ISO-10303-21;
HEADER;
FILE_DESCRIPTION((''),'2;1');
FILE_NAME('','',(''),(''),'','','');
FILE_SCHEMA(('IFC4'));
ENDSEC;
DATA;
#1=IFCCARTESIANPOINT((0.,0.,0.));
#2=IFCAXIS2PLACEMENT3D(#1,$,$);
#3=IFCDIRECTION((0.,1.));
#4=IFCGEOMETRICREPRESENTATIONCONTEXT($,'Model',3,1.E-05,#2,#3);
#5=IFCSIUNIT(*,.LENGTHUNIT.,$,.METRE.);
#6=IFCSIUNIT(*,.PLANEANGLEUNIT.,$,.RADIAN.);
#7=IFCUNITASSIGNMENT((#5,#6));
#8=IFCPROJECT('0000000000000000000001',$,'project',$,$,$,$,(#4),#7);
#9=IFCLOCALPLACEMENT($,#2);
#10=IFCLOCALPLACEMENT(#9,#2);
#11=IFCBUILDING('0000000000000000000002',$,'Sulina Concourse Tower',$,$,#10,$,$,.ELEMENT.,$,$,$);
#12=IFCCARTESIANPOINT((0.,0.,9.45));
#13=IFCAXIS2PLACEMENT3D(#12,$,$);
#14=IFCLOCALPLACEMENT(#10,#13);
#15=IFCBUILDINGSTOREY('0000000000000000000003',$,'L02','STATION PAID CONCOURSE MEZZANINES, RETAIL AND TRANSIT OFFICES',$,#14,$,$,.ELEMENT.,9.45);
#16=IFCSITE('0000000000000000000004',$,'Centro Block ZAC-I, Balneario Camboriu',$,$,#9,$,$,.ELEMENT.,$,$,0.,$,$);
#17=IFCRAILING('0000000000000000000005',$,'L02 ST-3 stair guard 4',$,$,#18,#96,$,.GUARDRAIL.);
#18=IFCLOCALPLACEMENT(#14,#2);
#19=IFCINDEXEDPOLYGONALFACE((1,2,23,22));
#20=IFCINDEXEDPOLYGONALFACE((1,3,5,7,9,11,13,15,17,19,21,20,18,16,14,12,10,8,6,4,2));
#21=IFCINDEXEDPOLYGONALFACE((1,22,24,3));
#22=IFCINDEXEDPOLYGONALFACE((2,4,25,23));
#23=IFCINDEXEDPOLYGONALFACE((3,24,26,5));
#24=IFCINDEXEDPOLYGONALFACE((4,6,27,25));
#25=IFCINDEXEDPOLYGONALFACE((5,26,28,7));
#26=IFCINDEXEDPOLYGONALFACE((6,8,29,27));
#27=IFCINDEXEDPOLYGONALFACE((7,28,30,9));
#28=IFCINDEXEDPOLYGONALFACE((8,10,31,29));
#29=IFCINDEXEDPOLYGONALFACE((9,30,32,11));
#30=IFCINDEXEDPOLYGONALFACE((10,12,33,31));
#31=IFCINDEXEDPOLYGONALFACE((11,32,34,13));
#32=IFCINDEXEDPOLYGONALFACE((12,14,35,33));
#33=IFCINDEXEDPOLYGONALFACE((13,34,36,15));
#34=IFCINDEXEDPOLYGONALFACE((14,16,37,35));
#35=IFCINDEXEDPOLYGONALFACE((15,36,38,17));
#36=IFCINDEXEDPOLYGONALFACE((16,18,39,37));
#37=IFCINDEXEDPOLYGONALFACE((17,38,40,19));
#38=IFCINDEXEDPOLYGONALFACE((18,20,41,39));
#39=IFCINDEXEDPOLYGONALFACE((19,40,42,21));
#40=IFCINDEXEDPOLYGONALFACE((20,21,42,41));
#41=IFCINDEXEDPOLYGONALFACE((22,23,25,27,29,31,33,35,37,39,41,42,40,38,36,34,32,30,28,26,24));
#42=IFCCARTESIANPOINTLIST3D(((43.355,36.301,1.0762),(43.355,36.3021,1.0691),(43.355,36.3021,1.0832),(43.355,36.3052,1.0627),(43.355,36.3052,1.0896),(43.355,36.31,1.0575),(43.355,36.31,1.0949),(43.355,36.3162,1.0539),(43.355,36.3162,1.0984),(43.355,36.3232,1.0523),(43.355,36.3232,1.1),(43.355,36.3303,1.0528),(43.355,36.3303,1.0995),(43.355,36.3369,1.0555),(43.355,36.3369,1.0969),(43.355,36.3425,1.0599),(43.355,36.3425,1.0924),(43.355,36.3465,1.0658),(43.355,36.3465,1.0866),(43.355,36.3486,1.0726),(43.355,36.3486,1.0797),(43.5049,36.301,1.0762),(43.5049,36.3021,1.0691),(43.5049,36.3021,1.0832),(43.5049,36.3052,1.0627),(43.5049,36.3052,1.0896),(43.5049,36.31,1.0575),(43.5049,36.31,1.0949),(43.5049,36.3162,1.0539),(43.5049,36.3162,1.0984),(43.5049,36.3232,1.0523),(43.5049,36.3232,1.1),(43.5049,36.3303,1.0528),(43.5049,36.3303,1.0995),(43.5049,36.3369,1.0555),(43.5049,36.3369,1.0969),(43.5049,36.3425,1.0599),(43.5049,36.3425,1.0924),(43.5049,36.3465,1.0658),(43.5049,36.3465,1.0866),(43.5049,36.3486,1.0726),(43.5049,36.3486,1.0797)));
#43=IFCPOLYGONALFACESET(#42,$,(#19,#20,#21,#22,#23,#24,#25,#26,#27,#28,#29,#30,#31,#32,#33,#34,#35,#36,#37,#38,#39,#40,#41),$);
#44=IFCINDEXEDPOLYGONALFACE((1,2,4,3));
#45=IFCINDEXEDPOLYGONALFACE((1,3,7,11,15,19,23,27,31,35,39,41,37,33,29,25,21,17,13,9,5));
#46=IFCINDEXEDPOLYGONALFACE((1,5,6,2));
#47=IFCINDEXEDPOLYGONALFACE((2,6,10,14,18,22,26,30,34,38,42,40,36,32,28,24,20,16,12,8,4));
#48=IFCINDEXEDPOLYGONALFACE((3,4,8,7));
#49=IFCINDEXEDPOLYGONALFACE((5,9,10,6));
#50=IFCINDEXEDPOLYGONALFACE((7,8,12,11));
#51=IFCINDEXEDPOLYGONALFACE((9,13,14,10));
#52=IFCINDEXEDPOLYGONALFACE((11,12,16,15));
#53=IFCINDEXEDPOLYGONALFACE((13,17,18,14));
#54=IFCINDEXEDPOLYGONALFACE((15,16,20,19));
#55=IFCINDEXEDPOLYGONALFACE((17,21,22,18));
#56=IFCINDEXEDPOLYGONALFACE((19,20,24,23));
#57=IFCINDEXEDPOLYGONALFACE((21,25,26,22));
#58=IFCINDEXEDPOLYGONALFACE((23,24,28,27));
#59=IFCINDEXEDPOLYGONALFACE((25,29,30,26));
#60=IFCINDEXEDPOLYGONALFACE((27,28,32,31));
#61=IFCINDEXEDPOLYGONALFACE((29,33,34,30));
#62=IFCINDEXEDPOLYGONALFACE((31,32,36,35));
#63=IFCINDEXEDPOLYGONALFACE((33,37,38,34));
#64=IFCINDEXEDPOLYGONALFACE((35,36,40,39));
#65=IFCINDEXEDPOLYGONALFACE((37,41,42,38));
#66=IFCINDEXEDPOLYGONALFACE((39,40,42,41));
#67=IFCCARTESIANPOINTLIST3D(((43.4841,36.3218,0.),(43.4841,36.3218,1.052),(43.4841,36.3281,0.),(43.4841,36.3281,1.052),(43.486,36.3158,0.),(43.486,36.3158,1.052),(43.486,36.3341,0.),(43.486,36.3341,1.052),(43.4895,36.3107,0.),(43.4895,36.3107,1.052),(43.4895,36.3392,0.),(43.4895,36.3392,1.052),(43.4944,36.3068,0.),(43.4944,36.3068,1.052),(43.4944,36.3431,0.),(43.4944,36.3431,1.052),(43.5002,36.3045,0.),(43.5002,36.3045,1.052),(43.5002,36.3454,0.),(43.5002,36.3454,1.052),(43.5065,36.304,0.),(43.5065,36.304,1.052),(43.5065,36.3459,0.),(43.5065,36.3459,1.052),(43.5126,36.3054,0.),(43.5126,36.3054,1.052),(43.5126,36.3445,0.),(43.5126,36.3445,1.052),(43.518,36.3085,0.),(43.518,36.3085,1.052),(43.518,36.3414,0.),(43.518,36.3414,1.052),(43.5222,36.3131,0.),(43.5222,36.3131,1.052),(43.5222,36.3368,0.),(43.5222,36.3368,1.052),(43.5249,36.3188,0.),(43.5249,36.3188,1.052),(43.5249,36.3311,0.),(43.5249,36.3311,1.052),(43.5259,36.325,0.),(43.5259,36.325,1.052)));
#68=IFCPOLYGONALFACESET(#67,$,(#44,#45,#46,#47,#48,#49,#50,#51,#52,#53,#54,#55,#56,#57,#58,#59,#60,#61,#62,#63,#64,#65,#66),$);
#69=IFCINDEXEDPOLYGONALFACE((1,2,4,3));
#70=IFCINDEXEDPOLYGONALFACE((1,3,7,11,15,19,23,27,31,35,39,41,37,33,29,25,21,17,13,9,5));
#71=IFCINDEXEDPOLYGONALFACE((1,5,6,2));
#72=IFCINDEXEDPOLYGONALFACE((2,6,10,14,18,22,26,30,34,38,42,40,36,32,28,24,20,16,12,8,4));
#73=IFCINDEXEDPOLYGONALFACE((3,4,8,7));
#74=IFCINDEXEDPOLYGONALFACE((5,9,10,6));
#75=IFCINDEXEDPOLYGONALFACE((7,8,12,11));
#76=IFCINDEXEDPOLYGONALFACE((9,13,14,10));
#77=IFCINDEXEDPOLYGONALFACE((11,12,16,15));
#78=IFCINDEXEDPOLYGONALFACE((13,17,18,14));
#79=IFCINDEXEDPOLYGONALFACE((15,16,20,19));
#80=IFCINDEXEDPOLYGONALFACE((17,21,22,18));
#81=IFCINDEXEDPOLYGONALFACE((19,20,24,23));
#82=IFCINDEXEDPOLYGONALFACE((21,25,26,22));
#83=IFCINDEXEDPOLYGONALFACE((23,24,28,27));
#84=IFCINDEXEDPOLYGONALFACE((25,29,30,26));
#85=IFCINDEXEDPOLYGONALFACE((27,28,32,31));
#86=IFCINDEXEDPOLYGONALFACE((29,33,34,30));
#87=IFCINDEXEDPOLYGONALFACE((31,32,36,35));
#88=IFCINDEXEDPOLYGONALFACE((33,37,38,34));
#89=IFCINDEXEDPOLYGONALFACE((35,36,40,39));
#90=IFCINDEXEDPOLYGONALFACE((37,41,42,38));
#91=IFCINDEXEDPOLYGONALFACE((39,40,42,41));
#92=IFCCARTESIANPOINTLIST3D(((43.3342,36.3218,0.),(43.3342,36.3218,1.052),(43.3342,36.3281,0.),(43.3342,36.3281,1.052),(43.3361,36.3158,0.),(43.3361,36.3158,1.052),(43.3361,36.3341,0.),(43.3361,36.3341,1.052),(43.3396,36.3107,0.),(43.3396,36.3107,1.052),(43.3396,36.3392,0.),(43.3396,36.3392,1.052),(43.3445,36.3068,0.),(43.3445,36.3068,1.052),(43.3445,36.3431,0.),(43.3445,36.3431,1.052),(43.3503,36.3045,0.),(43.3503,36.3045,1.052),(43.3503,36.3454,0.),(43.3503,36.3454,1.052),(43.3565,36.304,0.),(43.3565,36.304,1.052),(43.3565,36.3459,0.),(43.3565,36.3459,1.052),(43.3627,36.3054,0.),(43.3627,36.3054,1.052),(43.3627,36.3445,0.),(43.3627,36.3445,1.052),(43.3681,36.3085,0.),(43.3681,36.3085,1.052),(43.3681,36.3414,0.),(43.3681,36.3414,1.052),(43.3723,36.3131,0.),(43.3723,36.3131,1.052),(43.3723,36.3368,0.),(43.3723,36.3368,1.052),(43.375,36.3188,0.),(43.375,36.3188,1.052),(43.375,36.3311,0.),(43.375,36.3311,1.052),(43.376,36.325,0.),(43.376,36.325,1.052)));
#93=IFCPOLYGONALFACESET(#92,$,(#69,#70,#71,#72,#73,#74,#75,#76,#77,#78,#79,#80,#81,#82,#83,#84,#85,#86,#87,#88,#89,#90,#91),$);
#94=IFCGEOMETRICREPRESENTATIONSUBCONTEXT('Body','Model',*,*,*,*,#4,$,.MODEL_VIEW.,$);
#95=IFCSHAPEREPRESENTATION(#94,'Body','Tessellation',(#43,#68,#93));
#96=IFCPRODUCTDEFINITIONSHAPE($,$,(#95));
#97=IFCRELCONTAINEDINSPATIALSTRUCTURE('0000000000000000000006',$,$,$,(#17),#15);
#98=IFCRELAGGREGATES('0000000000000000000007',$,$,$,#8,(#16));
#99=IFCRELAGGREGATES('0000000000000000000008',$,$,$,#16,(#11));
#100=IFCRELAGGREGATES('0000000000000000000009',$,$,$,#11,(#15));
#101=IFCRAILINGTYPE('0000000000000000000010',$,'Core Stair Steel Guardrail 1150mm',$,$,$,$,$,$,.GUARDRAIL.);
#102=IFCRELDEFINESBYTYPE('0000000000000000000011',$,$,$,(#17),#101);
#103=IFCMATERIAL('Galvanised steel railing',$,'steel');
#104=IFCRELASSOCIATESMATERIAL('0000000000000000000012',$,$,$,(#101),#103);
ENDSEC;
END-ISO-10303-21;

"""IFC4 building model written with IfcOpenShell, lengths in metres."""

from ifc_helpers import new_model, si_unit, direction, frame, origin, origin_2d, place, context, subcontext, project, spatial, circle, extrude, material, type_object, element, save


model = new_model("IFC4")

# Units and contexts
model_context = context("Model", 3, precision=1e-05, world=origin(), true_north=direction((0.0, 1.0)))
body_context = subcontext(model_context, "Body", "Model", "MODEL_VIEW")
ifc_project = project(units=[si_unit("LENGTHUNIT", "METRE"), si_unit("PLANEANGLEUNIT", "RADIAN")], contexts=[model_context])

# Site, building, storey
site_placement = place(None, origin())
site = spatial("IfcSite", under=ifc_project, at=site_placement, Name="Centro Block ZAC-I, Balneario Camboriu", CompositionType="ELEMENT", RefElevation=0.0)
building_placement = place(site_placement, origin())
building = spatial("IfcBuilding", under=site, at=building_placement, Name="Sulina Concourse Tower", CompositionType="ELEMENT")
storey_placement = place(building_placement, frame((0.0, 0.0, 9.45)))
storey = spatial("IfcBuildingStorey", under=building, at=storey_placement, Name="L02", Description="STATION PAID CONCOURSE MEZZANINES, RETAIL AND TRANSIT OFFICES", CompositionType="ELEMENT", Elevation=9.45)

# Railing
ifc_material_1 = material(Name="Galvanised steel railing", Category="steel")
railing_type_1 = type_object("IfcRailingType", Name="Core Stair Steel Guardrail 1150mm", PredefinedType="GUARDRAIL", material=ifc_material_1)
railing_1_placement = place(storey_placement, frame((43.5049, 36.325, 0.0)))
element("IfcRailing", 1, at=railing_1_placement, inside=storey, type_object=railing_type_1, Name="L02 ST-3 stair guard 4", PredefinedType="GUARDRAIL", context=body_context, shape_type="SweptSolid", body=[
    extrude(circle(Radius=0.0239, at=origin_2d()), frame((0.0, 0.0, 1.0762), z_axis=(-1.0, 0.0, 0.0), x_axis=(0.0, -1.0, 0.0)), (0.0, 0.0, 1.0), 0.1499),
    extrude(circle(Radius=0.021, at=origin_2d()), origin(), (0.0, 0.0, 1.0), 1.052),
    extrude(circle(Radius=0.021, at=origin_2d()), frame((-0.1499, 0.0, 0.0)), (0.0, 0.0, 1.0), 1.052),
])

save(model, "model.ifc")
